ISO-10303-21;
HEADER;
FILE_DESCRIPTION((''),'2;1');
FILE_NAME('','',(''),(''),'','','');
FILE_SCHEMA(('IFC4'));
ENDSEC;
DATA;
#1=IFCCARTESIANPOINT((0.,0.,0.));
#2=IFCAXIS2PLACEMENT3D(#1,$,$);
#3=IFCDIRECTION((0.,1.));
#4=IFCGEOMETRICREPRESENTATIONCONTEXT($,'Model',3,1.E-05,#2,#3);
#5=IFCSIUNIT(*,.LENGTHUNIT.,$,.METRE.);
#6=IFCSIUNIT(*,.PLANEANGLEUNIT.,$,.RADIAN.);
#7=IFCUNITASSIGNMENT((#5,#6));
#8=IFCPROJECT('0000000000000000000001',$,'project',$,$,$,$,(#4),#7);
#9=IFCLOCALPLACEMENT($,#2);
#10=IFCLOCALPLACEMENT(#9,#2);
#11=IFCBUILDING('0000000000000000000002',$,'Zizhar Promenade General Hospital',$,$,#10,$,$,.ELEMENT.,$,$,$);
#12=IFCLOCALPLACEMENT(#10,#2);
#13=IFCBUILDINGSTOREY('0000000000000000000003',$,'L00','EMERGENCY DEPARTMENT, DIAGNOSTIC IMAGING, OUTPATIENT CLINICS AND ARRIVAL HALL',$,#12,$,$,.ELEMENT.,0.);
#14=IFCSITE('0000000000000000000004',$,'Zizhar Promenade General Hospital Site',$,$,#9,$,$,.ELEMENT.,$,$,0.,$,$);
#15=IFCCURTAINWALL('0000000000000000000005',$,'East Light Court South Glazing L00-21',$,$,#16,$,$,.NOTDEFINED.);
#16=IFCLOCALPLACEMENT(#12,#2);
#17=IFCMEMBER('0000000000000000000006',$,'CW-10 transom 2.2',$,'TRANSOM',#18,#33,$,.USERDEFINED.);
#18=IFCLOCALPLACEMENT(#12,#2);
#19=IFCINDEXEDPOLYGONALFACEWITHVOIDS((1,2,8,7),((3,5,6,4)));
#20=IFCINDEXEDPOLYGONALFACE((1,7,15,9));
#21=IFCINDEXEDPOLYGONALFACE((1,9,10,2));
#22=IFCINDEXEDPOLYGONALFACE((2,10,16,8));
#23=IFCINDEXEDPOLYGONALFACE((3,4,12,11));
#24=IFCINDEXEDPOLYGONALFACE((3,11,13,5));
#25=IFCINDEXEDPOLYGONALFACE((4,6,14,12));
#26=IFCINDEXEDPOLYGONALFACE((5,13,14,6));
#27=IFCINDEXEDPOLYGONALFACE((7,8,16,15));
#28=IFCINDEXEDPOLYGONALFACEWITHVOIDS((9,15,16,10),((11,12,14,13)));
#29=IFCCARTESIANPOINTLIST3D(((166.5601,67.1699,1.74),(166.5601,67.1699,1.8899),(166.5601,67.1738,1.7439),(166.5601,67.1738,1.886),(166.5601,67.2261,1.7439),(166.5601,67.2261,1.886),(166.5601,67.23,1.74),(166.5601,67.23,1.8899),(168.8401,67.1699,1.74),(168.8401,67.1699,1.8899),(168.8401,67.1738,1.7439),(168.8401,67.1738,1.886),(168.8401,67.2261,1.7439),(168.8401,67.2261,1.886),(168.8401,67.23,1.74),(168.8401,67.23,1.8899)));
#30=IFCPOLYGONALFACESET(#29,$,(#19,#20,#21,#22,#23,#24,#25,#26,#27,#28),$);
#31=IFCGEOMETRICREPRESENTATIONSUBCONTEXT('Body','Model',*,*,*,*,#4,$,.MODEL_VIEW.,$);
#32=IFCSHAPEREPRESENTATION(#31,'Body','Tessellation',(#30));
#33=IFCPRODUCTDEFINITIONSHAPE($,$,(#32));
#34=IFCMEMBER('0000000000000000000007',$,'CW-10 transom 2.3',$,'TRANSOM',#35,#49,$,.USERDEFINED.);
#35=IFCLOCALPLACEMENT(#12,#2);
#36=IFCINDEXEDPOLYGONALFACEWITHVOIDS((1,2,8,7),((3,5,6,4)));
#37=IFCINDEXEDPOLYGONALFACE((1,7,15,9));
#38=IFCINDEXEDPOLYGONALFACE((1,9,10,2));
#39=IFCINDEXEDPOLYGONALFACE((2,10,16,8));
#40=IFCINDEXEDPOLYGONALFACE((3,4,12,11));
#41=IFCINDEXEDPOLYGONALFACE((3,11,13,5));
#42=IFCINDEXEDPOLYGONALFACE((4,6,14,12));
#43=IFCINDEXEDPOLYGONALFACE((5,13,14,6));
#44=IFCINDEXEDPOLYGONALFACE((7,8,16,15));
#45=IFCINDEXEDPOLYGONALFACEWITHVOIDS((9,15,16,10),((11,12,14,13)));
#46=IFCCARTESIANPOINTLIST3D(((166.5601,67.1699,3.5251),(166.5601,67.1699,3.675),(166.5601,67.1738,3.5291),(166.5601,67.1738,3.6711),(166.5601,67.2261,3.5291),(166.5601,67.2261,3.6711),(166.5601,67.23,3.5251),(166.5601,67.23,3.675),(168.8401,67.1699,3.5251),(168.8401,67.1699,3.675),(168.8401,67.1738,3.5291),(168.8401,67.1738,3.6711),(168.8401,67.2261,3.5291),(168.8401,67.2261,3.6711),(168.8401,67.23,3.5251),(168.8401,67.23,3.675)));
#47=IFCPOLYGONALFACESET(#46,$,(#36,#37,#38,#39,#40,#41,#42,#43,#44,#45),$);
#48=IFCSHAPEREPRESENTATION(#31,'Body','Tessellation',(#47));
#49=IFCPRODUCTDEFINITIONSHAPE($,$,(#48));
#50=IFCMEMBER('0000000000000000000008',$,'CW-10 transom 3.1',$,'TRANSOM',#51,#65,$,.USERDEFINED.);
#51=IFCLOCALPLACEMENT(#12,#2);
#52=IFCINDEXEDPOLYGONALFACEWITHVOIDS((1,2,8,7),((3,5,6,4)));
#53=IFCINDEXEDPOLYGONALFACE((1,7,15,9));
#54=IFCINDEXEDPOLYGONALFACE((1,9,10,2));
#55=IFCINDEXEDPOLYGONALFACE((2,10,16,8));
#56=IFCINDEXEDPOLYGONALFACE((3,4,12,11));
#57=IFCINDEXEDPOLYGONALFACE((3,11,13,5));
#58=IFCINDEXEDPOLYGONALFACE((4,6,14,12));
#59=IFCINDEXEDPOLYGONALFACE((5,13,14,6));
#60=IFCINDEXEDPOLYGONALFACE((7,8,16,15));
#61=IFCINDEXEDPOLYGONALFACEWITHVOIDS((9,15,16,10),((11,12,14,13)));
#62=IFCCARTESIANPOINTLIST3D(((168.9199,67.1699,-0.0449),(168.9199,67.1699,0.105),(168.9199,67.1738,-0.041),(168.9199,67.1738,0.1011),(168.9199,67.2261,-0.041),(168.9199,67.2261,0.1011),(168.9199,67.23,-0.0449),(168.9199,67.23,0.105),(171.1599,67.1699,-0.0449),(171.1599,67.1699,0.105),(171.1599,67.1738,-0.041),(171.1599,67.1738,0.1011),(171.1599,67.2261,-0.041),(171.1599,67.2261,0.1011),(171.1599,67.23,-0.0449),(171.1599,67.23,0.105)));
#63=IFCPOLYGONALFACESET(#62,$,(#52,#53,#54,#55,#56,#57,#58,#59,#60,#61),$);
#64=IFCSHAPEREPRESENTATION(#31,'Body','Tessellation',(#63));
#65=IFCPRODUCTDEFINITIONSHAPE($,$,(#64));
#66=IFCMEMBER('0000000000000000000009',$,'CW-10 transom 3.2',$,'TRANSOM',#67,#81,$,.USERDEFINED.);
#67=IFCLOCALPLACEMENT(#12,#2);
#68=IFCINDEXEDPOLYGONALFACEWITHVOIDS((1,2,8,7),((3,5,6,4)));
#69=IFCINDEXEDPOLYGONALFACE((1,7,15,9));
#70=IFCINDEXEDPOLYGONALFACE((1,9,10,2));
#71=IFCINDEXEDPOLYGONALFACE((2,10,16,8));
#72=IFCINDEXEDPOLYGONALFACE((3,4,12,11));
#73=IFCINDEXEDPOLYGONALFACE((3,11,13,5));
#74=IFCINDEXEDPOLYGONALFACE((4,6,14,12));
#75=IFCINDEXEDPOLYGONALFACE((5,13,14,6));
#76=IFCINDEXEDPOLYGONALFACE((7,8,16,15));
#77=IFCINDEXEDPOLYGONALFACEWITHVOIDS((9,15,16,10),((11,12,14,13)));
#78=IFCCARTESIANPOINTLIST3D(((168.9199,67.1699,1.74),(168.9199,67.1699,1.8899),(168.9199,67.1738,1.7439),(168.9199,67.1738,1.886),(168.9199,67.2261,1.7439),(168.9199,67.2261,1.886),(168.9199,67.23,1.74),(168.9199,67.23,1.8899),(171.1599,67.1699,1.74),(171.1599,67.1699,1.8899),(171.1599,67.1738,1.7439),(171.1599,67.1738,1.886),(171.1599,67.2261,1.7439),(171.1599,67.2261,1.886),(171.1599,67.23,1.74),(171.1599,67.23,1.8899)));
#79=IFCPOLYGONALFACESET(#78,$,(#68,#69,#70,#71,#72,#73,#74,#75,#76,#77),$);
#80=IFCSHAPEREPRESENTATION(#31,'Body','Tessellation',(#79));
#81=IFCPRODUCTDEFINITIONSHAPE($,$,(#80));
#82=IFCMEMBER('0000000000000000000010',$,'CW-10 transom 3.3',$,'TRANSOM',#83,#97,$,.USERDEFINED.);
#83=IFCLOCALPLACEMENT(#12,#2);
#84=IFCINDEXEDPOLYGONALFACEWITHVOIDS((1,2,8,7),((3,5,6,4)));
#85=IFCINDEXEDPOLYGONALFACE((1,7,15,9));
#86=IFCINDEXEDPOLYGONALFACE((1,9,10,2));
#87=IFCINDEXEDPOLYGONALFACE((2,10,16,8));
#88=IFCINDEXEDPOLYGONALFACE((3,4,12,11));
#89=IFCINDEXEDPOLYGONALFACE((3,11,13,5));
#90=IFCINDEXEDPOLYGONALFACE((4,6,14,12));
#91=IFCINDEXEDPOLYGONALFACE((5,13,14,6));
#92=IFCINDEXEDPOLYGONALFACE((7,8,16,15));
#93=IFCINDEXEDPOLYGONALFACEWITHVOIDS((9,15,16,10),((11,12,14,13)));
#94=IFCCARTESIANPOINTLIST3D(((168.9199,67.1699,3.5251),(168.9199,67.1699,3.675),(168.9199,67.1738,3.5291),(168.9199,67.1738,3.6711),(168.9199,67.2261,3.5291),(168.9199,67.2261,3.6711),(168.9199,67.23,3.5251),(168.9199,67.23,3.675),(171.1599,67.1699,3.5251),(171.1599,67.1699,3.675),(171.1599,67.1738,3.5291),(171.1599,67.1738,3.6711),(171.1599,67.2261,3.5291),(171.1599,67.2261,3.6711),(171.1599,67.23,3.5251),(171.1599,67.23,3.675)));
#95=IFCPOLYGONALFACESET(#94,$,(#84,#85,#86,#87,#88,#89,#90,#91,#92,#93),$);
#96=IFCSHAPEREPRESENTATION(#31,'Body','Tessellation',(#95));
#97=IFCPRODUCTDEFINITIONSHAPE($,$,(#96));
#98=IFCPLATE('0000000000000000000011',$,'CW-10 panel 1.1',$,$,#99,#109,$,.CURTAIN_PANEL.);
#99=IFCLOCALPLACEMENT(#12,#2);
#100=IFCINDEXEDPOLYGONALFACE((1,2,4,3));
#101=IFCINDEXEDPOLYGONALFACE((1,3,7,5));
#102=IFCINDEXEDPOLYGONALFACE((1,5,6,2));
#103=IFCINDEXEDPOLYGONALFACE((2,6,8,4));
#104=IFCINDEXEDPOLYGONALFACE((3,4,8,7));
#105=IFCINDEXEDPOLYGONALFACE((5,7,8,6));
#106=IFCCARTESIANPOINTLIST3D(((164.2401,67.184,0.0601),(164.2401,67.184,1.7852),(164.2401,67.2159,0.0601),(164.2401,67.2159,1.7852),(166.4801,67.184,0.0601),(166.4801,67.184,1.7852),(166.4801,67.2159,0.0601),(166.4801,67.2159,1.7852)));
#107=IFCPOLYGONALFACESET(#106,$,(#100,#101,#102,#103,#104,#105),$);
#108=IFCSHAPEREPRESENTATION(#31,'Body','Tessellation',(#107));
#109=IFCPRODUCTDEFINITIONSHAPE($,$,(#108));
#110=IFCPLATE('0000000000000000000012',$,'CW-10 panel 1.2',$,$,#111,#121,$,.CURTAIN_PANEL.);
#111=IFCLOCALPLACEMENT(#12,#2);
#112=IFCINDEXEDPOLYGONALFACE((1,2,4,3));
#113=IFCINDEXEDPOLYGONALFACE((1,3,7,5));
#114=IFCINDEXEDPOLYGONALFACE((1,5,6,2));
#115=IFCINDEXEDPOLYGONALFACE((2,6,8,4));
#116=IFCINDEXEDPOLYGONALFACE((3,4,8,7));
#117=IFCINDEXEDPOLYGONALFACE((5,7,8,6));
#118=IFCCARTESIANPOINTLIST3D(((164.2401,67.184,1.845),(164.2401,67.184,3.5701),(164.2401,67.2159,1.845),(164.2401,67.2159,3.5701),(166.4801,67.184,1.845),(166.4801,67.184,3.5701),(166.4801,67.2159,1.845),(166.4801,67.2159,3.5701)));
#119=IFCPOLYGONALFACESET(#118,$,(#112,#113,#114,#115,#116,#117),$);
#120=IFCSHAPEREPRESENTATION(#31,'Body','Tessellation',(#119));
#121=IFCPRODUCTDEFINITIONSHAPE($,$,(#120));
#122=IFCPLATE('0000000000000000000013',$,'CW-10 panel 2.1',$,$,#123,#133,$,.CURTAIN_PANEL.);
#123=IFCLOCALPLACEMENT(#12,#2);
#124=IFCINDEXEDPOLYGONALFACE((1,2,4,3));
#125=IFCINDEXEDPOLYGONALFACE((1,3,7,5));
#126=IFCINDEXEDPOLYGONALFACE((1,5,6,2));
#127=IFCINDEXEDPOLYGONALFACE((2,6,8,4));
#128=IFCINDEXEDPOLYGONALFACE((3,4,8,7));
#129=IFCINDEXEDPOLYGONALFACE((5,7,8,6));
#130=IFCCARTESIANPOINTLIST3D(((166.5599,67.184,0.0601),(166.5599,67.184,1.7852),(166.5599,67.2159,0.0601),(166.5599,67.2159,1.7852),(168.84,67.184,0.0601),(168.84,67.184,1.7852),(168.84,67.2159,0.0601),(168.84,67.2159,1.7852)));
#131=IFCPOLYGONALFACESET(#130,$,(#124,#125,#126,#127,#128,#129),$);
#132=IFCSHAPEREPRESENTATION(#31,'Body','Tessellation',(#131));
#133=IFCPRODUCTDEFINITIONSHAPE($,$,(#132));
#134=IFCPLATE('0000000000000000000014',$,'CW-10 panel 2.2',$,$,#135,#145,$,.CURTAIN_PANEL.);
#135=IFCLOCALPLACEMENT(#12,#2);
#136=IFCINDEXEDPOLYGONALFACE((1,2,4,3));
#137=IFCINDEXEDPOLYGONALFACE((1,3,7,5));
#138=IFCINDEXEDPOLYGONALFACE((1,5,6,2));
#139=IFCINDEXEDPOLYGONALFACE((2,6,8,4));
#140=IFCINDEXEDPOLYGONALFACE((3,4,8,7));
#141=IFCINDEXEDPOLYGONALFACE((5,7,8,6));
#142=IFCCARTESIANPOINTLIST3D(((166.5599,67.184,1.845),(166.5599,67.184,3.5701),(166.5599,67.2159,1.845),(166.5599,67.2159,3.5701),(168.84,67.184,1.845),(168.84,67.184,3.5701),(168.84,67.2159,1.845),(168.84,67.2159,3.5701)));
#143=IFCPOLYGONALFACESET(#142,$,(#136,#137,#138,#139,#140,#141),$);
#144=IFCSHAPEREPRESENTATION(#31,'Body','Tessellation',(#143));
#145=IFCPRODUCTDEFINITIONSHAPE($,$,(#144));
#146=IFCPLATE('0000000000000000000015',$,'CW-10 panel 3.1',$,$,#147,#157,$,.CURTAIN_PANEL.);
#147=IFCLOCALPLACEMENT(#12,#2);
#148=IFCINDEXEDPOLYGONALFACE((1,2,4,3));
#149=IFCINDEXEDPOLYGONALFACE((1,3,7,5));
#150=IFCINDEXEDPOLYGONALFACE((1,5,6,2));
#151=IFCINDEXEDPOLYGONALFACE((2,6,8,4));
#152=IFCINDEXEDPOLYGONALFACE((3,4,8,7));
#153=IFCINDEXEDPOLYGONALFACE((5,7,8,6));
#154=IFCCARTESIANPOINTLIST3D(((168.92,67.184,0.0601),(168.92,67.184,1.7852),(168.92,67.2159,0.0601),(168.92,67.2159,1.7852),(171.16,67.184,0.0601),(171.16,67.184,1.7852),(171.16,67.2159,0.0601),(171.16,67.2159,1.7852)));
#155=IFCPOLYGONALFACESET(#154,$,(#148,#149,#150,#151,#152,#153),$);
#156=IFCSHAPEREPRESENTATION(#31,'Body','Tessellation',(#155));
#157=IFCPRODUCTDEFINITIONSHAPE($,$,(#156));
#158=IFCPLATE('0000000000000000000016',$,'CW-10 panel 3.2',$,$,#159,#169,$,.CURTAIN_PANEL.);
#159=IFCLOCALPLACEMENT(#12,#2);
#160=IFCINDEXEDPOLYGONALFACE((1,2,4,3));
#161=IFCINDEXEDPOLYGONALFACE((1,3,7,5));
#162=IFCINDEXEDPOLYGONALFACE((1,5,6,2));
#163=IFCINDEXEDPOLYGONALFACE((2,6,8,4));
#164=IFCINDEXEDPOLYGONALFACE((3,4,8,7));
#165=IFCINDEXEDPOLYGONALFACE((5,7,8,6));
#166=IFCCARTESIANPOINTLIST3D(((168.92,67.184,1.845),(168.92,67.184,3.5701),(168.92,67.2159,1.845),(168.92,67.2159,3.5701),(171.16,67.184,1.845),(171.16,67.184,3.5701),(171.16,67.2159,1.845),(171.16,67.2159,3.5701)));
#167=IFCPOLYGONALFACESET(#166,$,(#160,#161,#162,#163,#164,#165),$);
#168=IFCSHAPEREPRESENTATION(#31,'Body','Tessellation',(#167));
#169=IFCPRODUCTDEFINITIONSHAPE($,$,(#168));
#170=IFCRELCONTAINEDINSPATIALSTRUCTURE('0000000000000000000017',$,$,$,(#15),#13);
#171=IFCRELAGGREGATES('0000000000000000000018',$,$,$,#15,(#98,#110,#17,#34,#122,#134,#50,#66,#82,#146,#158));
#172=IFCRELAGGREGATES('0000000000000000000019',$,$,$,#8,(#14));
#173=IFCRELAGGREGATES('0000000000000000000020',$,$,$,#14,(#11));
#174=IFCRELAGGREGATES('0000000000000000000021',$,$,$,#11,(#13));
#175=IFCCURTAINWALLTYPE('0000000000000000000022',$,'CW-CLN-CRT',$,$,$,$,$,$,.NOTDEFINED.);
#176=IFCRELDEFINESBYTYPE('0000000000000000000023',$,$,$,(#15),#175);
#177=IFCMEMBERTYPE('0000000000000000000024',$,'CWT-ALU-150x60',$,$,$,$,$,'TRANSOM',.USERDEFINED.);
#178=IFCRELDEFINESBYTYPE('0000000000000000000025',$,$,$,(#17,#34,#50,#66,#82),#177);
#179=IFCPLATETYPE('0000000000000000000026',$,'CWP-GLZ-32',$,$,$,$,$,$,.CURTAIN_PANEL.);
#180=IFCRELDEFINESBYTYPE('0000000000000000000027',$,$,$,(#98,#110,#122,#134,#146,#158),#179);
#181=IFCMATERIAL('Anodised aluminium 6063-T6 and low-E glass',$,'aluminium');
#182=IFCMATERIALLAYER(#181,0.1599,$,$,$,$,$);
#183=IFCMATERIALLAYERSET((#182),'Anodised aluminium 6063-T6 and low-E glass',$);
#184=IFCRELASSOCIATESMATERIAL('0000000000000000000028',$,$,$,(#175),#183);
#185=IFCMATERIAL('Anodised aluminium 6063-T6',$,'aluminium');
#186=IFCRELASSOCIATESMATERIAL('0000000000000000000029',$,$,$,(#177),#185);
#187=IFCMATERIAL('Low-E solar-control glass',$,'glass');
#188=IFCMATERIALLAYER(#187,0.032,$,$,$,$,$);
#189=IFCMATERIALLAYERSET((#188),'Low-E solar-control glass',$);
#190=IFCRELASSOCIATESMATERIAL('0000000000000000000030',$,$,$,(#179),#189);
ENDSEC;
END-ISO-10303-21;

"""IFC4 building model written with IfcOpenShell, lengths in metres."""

from ifc_helpers import new_model, si_unit, direction, frame, origin, origin_2d, place, context, subcontext, project, spatial, rectangle, hollow_rectangle, extrude, material, layer, layer_set, material_profile, profile_set, type_object, element, aggregate, save


model = new_model("IFC4")

# Units and contexts
model_context = context("Model", 3, precision=1e-05, world=origin(), true_north=direction((0.0, 1.0)))
body_context = subcontext(model_context, "Body", "Model", "MODEL_VIEW")
ifc_project = project(units=[si_unit("LENGTHUNIT", "METRE"), si_unit("PLANEANGLEUNIT", "RADIAN")], contexts=[model_context])

# Site, building, storey
site_placement = place(None, origin())
site = spatial("IfcSite", under=ifc_project, at=site_placement, Name="Zizhar Promenade General Hospital Site", CompositionType="ELEMENT", RefElevation=0.0)
building_placement = place(site_placement, origin())
building = spatial("IfcBuilding", under=site, at=building_placement, Name="Zizhar Promenade General Hospital", CompositionType="ELEMENT")
storey_placement = place(building_placement, origin())
storey = spatial("IfcBuildingStorey", under=building, at=storey_placement, Name="L00", Description="EMERGENCY DEPARTMENT, DIAGNOSTIC IMAGING, OUTPATIENT CLINICS AND ARRIVAL HALL", CompositionType="ELEMENT", Elevation=0.0)

# Curtain wall, members, plates
ifc_material_1 = material(Name="Anodised aluminium 6063-T6 and low-E glass", Category="aluminium")
ifc_layer_1 = layer(ifc_material_1, 0.1599)
ifc_layer_set_1 = layer_set([ifc_layer_1], Name="Anodised aluminium 6063-T6 and low-E glass")
curtain_wall_type = type_object("IfcCurtainWallType", Name="CW-CLN-CRT", PredefinedType="NOTDEFINED", material=ifc_layer_set_1)
curtain_wall_placement = place(storey_placement, origin())
curtain_wall = element("IfcCurtainWall", 1, at=curtain_wall_placement, inside=storey, type_object=curtain_wall_type, Name="East Light Court South Glazing L00-21", PredefinedType="NOTDEFINED")
ifc_material_2 = material(Name="Anodised aluminium 6063-T6", Category="aluminium")
ifc_material_profile_1 = material_profile(ifc_material_2, hollow_rectangle(XDim=0.0601, YDim=0.1499, WallThickness=0.0039, at=origin_2d()))
ifc_profile_set_1 = profile_set([ifc_material_profile_1], Name="Anodised aluminium 6063-T6")
member_type_1 = type_object("IfcMemberType", Name="CWT-ALU-150x60", ElementType="TRANSOM", PredefinedType="USERDEFINED", material=ifc_profile_set_1)
member_1_placement = place(storey_placement, frame((166.5601, 67.2, 1.8149), z_axis=(1.0, 0.0, 0.0), x_axis=(0.0, 1.0, 0.0)))
member_1 = element("IfcMember", 2, at=member_1_placement, type_object=member_type_1, Name="CW-10 transom 2.2", ObjectType="TRANSOM", PredefinedType="USERDEFINED", context=body_context, shape_type="SweptSolid", body=[
    extrude(hollow_rectangle(XDim=0.0601, YDim=0.1499, WallThickness=0.0039, at=origin_2d()), origin(), (0.0, 0.0, 1.0), 2.28),
])
member_2_placement = place(storey_placement, frame((166.5601, 67.2, 3.6001), z_axis=(1.0, 0.0, 0.0), x_axis=(0.0, 1.0, 0.0)))
member_2 = element("IfcMember", 3, at=member_2_placement, type_object=member_type_1, Name="CW-10 transom 2.3", ObjectType="TRANSOM", PredefinedType="USERDEFINED", context=body_context, shape_type="SweptSolid", body=[
    extrude(hollow_rectangle(XDim=0.0601, YDim=0.1499, WallThickness=0.0039, at=origin_2d()), origin(), (0.0, 0.0, 1.0), 2.28),
])
member_3_placement = place(storey_placement, frame((168.9199, 67.2, 0.03), z_axis=(1.0, 0.0, 0.0), x_axis=(0.0, 1.0, 0.0)))
member_3 = element("IfcMember", 4, at=member_3_placement, type_object=member_type_1, Name="CW-10 transom 3.1", ObjectType="TRANSOM", PredefinedType="USERDEFINED", context=body_context, shape_type="SweptSolid", body=[
    extrude(hollow_rectangle(XDim=0.0601, YDim=0.1499, WallThickness=0.0039, at=origin_2d()), origin(), (0.0, 0.0, 1.0), 2.24),
])
member_4_placement = place(storey_placement, frame((168.9199, 67.2, 1.8149), z_axis=(1.0, 0.0, 0.0), x_axis=(0.0, 1.0, 0.0)))
member_4 = element("IfcMember", 5, at=member_4_placement, type_object=member_type_1, Name="CW-10 transom 3.2", ObjectType="TRANSOM", PredefinedType="USERDEFINED", context=body_context, shape_type="SweptSolid", body=[
    extrude(hollow_rectangle(XDim=0.0601, YDim=0.1499, WallThickness=0.0039, at=origin_2d()), origin(), (0.0, 0.0, 1.0), 2.24),
])
member_5_placement = place(storey_placement, frame((168.9199, 67.2, 3.6001), z_axis=(1.0, 0.0, 0.0), x_axis=(0.0, 1.0, 0.0)))
member_5 = element("IfcMember", 6, at=member_5_placement, type_object=member_type_1, Name="CW-10 transom 3.3", ObjectType="TRANSOM", PredefinedType="USERDEFINED", context=body_context, shape_type="SweptSolid", body=[
    extrude(hollow_rectangle(XDim=0.0601, YDim=0.1499, WallThickness=0.0039, at=origin_2d()), origin(), (0.0, 0.0, 1.0), 2.24),
])
ifc_material_3 = material(Name="Low-E solar-control glass", Category="glass")
ifc_layer_2 = layer(ifc_material_3, 0.032)
ifc_layer_set_2 = layer_set([ifc_layer_2], Name="Low-E solar-control glass")
plate_type = type_object("IfcPlateType", Name="CWP-GLZ-32", PredefinedType="CURTAIN_PANEL", material=ifc_layer_set_2)
plate_1_placement = place(storey_placement, frame((165.3601, 67.2, 0.0601), z_axis=(0.0, 0.0, 1.0), x_axis=(1.0, 0.0, 0.0)))
plate_1 = element("IfcPlate", 7, at=plate_1_placement, type_object=plate_type, Name="CW-10 panel 1.1", PredefinedType="CURTAIN_PANEL", context=body_context, shape_type="SweptSolid", body=[
    extrude(rectangle(XDim=2.24, YDim=0.032, at=origin_2d()), origin(), (0.0, 0.0, 1.0), 1.7251),
])
plate_2_placement = place(storey_placement, frame((165.3601, 67.2, 1.845), z_axis=(0.0, 0.0, 1.0), x_axis=(1.0, 0.0, 0.0)))
plate_2 = element("IfcPlate", 8, at=plate_2_placement, type_object=plate_type, Name="CW-10 panel 1.2", PredefinedType="CURTAIN_PANEL", context=body_context, shape_type="SweptSolid", body=[
    extrude(rectangle(XDim=2.24, YDim=0.032, at=origin_2d()), origin(), (0.0, 0.0, 1.0), 1.7251),
])
plate_3_placement = place(storey_placement, frame((167.7, 67.2, 0.0601), z_axis=(0.0, 0.0, 1.0), x_axis=(1.0, 0.0, 0.0)))
plate_3 = element("IfcPlate", 9, at=plate_3_placement, type_object=plate_type, Name="CW-10 panel 2.1", PredefinedType="CURTAIN_PANEL", context=body_context, shape_type="SweptSolid", body=[
    extrude(rectangle(XDim=2.28, YDim=0.032, at=origin_2d()), origin(), (0.0, 0.0, 1.0), 1.7251),
])
plate_4_placement = place(storey_placement, frame((167.7, 67.2, 1.845), z_axis=(0.0, 0.0, 1.0), x_axis=(1.0, 0.0, 0.0)))
plate_4 = element("IfcPlate", 10, at=plate_4_placement, type_object=plate_type, Name="CW-10 panel 2.2", PredefinedType="CURTAIN_PANEL", context=body_context, shape_type="SweptSolid", body=[
    extrude(rectangle(XDim=2.28, YDim=0.032, at=origin_2d()), origin(), (0.0, 0.0, 1.0), 1.7251),
])
plate_5_placement = place(storey_placement, frame((170.04, 67.2, 0.0601), z_axis=(0.0, 0.0, 1.0), x_axis=(1.0, 0.0, 0.0)))
plate_5 = element("IfcPlate", 11, at=plate_5_placement, type_object=plate_type, Name="CW-10 panel 3.1", PredefinedType="CURTAIN_PANEL", context=body_context, shape_type="SweptSolid", body=[
    extrude(rectangle(XDim=2.24, YDim=0.032, at=origin_2d()), origin(), (0.0, 0.0, 1.0), 1.7251),
])
plate_6_placement = place(storey_placement, frame((170.04, 67.2, 1.845), z_axis=(0.0, 0.0, 1.0), x_axis=(1.0, 0.0, 0.0)))
plate_6 = element("IfcPlate", 12, at=plate_6_placement, type_object=plate_type, Name="CW-10 panel 3.2", PredefinedType="CURTAIN_PANEL", context=body_context, shape_type="SweptSolid", body=[
    extrude(rectangle(XDim=2.24, YDim=0.032, at=origin_2d()), origin(), (0.0, 0.0, 1.0), 1.7251),
])
aggregate(curtain_wall, [plate_1, plate_2, member_1, member_2, plate_3, plate_4, member_3, member_4, member_5, plate_5, plate_6])

save(model, "model.ifc")
